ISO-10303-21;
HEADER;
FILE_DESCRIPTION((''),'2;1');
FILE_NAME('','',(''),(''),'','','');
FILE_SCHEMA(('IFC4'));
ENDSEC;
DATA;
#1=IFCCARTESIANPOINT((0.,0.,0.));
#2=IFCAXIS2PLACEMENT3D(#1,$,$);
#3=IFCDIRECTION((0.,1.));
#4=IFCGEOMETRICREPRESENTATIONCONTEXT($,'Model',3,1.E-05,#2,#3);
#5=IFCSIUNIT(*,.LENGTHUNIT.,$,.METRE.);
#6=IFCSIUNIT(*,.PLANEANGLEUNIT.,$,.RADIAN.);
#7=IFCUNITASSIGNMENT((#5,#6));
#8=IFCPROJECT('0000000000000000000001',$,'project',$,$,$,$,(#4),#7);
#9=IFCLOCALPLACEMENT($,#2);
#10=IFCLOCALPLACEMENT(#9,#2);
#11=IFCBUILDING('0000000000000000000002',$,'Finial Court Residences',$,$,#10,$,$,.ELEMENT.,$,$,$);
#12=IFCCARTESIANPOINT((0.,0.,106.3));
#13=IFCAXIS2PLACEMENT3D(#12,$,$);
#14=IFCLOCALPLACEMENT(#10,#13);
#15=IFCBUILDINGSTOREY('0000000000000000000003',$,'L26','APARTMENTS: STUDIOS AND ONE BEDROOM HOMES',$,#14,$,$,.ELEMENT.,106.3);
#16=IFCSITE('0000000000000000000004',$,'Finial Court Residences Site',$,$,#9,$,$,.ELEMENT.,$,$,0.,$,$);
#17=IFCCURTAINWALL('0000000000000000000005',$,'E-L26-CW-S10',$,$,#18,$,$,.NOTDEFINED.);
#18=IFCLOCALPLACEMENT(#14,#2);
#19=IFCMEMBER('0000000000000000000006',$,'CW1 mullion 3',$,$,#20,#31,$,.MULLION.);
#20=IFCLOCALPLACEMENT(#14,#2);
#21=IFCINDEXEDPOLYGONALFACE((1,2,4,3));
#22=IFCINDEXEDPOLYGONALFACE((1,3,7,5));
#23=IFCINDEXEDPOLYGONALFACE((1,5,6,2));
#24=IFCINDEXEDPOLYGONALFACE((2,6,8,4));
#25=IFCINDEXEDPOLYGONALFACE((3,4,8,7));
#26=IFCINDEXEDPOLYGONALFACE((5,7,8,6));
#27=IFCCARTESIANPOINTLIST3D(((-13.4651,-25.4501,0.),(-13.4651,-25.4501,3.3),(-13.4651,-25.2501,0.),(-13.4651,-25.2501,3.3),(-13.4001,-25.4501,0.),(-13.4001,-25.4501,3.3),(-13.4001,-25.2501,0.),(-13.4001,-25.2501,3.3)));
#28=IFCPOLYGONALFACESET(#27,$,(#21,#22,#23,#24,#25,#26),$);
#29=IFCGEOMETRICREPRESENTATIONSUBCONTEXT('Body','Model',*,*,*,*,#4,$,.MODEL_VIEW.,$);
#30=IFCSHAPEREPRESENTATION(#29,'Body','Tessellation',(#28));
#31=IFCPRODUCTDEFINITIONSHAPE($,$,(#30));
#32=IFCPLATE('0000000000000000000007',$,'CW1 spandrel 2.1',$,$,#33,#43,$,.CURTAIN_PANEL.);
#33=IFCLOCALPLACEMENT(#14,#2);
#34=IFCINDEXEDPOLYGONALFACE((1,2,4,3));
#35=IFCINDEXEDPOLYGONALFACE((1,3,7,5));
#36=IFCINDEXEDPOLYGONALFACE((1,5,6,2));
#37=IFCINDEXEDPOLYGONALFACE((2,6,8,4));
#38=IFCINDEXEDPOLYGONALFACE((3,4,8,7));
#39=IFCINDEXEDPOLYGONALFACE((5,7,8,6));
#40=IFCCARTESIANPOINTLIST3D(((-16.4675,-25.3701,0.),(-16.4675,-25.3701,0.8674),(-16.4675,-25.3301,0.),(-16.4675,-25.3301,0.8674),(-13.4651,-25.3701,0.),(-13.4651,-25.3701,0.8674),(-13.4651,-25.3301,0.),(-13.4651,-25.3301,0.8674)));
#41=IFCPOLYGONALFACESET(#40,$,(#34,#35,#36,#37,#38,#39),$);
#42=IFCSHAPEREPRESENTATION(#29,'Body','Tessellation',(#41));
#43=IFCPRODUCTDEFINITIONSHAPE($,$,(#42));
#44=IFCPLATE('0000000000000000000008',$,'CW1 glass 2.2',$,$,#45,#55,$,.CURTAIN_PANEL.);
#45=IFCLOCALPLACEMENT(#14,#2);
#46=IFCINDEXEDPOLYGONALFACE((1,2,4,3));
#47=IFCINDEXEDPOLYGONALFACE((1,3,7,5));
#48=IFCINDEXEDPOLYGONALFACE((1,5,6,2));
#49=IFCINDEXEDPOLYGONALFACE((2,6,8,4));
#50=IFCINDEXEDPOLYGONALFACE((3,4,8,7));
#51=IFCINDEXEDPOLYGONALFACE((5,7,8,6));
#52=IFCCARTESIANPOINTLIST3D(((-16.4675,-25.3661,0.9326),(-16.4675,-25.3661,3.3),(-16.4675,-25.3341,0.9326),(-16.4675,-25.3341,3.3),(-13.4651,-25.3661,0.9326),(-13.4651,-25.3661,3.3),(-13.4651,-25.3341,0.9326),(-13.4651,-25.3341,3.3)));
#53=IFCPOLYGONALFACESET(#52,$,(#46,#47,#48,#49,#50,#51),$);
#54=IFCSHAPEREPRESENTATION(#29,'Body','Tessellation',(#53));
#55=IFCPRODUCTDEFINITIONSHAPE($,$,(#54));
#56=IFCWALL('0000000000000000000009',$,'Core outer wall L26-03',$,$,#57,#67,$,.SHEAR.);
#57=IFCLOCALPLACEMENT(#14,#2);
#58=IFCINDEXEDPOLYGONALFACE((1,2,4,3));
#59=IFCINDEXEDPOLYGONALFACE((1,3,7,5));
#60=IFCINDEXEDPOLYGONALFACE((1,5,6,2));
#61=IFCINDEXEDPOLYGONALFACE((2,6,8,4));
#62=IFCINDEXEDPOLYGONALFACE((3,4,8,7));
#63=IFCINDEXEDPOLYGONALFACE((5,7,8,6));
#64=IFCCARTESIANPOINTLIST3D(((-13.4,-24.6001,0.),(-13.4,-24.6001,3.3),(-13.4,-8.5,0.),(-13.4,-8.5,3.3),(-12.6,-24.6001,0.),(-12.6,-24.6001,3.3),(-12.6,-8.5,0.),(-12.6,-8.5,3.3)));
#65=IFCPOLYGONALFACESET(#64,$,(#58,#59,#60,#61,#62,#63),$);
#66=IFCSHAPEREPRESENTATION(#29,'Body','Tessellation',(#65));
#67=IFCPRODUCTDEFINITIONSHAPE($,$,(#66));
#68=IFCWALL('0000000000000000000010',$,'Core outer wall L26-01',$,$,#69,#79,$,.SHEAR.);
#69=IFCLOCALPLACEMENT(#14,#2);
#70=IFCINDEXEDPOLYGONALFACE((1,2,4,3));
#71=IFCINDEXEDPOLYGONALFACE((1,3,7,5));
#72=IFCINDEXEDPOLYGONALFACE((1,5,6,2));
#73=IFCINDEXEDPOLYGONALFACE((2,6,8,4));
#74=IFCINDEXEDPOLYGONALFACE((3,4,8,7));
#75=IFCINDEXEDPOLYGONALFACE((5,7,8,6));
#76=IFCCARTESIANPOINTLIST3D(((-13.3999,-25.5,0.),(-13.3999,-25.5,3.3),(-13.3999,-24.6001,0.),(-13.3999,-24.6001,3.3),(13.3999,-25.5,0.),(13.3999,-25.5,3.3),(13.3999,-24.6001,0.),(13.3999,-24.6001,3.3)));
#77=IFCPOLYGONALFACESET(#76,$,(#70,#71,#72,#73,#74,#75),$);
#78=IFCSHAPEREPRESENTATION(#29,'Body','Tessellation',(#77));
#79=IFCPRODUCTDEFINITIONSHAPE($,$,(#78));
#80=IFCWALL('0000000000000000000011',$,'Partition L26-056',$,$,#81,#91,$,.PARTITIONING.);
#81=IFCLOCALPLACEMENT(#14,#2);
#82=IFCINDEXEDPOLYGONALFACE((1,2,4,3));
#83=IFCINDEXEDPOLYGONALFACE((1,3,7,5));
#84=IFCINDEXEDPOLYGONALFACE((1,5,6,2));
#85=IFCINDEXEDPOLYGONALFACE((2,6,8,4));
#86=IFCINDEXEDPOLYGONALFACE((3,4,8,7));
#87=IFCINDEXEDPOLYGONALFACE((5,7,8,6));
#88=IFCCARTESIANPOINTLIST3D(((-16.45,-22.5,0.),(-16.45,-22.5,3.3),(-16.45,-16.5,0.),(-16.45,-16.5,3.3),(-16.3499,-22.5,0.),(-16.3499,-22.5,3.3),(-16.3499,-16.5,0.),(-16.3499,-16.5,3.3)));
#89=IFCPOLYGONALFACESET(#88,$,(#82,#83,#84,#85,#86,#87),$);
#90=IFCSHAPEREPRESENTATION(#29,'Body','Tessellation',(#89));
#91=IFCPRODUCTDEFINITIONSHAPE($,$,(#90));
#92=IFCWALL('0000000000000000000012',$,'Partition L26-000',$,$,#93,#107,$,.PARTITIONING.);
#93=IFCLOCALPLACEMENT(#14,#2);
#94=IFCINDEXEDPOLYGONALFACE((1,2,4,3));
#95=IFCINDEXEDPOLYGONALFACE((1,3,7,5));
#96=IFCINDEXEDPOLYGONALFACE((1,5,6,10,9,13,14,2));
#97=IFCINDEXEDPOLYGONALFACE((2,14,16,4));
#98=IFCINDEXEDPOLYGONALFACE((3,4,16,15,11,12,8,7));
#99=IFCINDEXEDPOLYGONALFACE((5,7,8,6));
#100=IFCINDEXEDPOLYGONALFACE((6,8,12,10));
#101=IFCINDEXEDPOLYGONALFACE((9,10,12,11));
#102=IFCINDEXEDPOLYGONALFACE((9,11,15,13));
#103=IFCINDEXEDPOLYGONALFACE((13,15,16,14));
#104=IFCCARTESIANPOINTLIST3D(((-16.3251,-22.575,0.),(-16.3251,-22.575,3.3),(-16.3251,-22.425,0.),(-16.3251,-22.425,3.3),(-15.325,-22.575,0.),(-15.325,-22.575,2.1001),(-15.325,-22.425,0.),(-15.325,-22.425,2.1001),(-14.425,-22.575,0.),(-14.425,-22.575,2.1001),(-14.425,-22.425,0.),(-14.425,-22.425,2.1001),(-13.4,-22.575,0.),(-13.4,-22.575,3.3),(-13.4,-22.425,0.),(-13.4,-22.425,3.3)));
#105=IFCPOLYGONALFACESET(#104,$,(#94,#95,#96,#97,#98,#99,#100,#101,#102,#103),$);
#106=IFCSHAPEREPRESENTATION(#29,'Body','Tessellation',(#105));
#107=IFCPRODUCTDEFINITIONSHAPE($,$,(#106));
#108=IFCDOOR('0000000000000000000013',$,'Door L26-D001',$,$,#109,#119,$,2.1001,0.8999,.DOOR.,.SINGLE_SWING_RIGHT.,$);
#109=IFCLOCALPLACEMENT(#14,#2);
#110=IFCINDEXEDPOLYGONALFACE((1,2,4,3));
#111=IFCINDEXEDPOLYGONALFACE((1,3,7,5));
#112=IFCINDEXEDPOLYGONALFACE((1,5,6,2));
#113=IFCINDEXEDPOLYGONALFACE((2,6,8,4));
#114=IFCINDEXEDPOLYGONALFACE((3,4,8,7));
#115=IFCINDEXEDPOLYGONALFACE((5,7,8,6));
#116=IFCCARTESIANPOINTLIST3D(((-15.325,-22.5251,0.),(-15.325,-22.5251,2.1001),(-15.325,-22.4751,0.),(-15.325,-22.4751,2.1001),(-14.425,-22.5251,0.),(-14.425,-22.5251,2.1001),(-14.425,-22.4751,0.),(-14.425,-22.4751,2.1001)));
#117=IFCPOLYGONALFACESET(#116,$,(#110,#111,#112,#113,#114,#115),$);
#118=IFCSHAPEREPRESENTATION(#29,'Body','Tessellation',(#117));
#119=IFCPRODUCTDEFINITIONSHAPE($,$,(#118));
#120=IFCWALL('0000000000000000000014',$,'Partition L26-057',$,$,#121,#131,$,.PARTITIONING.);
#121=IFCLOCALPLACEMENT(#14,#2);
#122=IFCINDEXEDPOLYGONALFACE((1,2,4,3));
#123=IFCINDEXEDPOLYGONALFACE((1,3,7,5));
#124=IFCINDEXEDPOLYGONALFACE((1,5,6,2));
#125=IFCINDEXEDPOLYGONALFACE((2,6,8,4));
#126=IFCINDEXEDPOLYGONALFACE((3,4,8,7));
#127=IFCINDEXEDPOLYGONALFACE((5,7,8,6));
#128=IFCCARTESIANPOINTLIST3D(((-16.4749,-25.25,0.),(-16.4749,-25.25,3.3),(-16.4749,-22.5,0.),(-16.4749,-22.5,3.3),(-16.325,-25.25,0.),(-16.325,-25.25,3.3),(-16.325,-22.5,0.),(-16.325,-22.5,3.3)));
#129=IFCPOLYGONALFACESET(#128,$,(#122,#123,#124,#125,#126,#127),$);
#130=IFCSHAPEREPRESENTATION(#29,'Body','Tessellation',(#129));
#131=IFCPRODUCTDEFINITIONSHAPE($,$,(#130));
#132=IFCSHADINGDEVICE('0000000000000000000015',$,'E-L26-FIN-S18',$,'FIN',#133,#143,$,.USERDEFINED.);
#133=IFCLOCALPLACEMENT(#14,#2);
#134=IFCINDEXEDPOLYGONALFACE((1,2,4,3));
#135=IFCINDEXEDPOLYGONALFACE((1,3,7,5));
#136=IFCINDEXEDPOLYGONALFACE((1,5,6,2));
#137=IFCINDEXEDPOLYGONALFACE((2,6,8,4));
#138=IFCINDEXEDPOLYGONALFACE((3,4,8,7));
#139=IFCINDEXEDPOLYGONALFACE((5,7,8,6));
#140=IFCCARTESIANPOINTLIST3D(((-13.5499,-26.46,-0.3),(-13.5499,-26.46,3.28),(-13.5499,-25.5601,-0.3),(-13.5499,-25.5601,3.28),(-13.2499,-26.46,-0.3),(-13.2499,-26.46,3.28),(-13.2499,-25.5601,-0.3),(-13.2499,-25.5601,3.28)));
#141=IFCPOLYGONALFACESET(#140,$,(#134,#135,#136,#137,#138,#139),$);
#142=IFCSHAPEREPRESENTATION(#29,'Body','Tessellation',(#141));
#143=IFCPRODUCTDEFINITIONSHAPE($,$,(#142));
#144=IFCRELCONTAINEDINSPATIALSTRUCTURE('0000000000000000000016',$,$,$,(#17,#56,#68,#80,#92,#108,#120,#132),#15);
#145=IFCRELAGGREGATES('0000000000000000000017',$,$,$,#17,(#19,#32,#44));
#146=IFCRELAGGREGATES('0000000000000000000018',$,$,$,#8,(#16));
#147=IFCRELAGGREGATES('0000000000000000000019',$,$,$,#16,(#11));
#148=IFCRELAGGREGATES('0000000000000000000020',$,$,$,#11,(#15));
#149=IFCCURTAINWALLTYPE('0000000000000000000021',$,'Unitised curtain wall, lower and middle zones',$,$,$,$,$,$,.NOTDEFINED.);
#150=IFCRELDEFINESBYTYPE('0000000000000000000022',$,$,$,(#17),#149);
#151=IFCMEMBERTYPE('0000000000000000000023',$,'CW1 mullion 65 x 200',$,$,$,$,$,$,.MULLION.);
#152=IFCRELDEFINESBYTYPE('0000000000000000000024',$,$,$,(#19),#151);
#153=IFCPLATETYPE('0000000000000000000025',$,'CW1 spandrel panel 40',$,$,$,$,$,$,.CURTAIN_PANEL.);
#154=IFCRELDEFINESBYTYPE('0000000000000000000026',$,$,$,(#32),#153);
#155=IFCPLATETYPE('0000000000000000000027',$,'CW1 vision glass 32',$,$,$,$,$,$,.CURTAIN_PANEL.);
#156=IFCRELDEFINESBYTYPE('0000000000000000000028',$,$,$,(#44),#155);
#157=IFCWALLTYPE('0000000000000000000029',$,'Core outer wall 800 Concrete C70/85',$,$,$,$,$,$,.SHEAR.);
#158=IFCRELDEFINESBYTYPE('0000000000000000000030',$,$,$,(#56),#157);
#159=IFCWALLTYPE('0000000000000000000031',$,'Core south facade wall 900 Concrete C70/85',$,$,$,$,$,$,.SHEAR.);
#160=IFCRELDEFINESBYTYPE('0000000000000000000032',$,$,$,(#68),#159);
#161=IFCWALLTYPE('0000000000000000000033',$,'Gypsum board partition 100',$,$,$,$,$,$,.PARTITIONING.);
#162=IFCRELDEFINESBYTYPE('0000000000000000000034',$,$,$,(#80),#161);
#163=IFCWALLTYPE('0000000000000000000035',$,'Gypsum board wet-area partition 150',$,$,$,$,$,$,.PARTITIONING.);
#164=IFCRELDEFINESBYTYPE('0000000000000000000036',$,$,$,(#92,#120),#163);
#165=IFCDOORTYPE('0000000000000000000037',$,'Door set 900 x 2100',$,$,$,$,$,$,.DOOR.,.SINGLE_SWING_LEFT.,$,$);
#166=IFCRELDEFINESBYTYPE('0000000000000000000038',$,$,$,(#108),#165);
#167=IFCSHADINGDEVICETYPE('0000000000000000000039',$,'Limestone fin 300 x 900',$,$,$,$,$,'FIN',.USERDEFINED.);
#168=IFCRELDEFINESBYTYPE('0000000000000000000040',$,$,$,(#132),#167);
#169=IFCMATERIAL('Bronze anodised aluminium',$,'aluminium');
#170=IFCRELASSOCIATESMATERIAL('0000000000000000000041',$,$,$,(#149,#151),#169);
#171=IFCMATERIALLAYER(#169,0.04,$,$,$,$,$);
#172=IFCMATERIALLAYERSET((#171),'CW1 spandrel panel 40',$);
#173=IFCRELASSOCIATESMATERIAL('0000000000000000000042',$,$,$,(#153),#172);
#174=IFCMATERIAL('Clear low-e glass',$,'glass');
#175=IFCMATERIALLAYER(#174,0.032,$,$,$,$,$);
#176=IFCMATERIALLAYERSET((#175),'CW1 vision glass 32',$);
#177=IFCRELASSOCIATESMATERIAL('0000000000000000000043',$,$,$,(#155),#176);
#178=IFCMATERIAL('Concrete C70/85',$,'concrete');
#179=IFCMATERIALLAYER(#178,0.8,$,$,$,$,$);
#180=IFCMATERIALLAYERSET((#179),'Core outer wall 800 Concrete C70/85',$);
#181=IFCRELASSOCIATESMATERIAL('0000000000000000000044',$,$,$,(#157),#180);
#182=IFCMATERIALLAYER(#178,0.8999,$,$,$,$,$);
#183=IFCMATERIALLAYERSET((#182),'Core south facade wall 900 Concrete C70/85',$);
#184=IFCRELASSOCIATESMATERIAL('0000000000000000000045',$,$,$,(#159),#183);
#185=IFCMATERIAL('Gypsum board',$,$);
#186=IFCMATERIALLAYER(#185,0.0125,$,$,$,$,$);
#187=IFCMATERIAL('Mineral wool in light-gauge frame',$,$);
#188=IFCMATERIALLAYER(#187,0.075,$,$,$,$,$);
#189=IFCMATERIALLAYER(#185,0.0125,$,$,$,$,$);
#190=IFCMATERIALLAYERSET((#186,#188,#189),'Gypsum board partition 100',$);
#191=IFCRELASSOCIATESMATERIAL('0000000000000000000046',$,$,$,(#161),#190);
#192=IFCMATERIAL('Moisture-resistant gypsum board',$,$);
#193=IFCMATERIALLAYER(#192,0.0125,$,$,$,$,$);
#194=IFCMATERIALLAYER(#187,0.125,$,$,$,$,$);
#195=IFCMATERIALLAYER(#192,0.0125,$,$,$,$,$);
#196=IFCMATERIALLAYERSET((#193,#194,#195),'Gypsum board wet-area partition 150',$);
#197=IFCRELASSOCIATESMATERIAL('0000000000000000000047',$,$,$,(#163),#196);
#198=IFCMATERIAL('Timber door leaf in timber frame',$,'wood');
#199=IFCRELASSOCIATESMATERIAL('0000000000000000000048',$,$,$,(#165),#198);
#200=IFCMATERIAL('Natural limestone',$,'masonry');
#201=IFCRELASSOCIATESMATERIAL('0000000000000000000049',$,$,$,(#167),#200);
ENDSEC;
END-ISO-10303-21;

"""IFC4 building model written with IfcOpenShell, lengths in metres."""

from ifc_helpers import new_model, si_unit, direction, frame, frame_2d, origin, origin_2d, place, context, subcontext, project, spatial, rectangle, extrude, material, layer, layer_set, material_profile, profile_set, type_object, element, fill, aggregate, save


model = new_model("IFC4")

# Units and contexts
model_context = context("Model", 3, precision=1e-05, world=origin(), true_north=direction((0.0, 1.0)))
body_context = subcontext(model_context, "Body", "Model", "MODEL_VIEW")
ifc_project = project(units=[si_unit("LENGTHUNIT", "METRE"), si_unit("PLANEANGLEUNIT", "RADIAN")], contexts=[model_context])

# Site, building, storey
site_placement = place(None, origin())
site = spatial("IfcSite", under=ifc_project, at=site_placement, Name="Finial Court Residences Site", CompositionType="ELEMENT", RefElevation=0.0)
building_placement = place(site_placement, origin())
building = spatial("IfcBuilding", under=site, at=building_placement, Name="Finial Court Residences", CompositionType="ELEMENT")
storey_placement = place(building_placement, frame((0.0, 0.0, 106.3)))
storey = spatial("IfcBuildingStorey", under=building, at=storey_placement, Name="L26", Description="APARTMENTS: STUDIOS AND ONE BEDROOM HOMES", CompositionType="ELEMENT", Elevation=106.3)

# Curtain wall, member, plates
ifc_material_1 = material(Name="Bronze anodised aluminium", Category="aluminium")
curtain_wall_type = type_object("IfcCurtainWallType", Name="Unitised curtain wall, lower and middle zones", PredefinedType="NOTDEFINED", material=ifc_material_1)
curtain_wall_placement = place(storey_placement, origin())
curtain_wall = element("IfcCurtainWall", 1, at=curtain_wall_placement, inside=storey, type_object=curtain_wall_type, Name="E-L26-CW-S10", PredefinedType="NOTDEFINED")
ifc_material_profile = material_profile(ifc_material_1, rectangle(XDim=0.2, YDim=0.0649, at=origin_2d()), Name="CW1 mullion 65 x 200")
ifc_profile_set = profile_set([ifc_material_profile], Name="Bronze anodised aluminium")
member_type = type_object("IfcMemberType", Name="CW1 mullion 65 x 200", PredefinedType="MULLION", material=ifc_profile_set)
member_placement = place(storey_placement, frame((-13.4326, -25.3501, 0.0), z_axis=(0.0, 0.0, 1.0), x_axis=(0.0, 1.0, 0.0)))
member = element("IfcMember", 2, at=member_placement, type_object=member_type, Name="CW1 mullion 3", PredefinedType="MULLION", context=body_context, shape_type="SweptSolid", body=[
    extrude(rectangle(XDim=0.2, YDim=0.0649, at=origin_2d()), origin(), (0.0, 0.0, 1.0), 3.3),
])
ifc_layer_1 = layer(ifc_material_1, 0.04)
ifc_layer_set_1 = layer_set([ifc_layer_1], Name="CW1 spandrel panel 40")
plate_type_1 = type_object("IfcPlateType", Name="CW1 spandrel panel 40", PredefinedType="CURTAIN_PANEL", material=ifc_layer_set_1)
plate_1_placement = place(storey_placement, frame((-14.9663, -25.3501, 0.0), z_axis=(0.0, 0.0, 1.0), x_axis=(1.0, 0.0, 0.0)))
plate_1 = element("IfcPlate", 3, at=plate_1_placement, type_object=plate_type_1, Name="CW1 spandrel 2.1", PredefinedType="CURTAIN_PANEL", context=body_context, shape_type="SweptSolid", body=[
    extrude(rectangle(XDim=3.0024, YDim=0.04, at=origin_2d()), origin(), (0.0, 0.0, 1.0), 0.8674),
])
ifc_material_2 = material(Name="Clear low-e glass", Category="glass")
ifc_layer_2 = layer(ifc_material_2, 0.032)
ifc_layer_set_2 = layer_set([ifc_layer_2], Name="CW1 vision glass 32")
plate_type_2 = type_object("IfcPlateType", Name="CW1 vision glass 32", PredefinedType="CURTAIN_PANEL", material=ifc_layer_set_2)
plate_2_placement = place(storey_placement, frame((-14.9663, -25.3501, 0.9326), z_axis=(0.0, 0.0, 1.0), x_axis=(1.0, 0.0, 0.0)))
plate_2 = element("IfcPlate", 4, at=plate_2_placement, type_object=plate_type_2, Name="CW1 glass 2.2", PredefinedType="CURTAIN_PANEL", context=body_context, shape_type="SweptSolid", body=[
    extrude(rectangle(XDim=3.0024, YDim=0.032, at=origin_2d()), origin(), (0.0, 0.0, 1.0), 2.3674),
])
aggregate(curtain_wall, [member, plate_1, plate_2])

# Walls
ifc_material_3 = material(Name="Concrete C70/85", Category="concrete")
ifc_layer_3 = layer(ifc_material_3, 0.8)
ifc_layer_set_3 = layer_set([ifc_layer_3], Name="Core outer wall 800 Concrete C70/85")
wall_type_1 = type_object("IfcWallType", Name="Core outer wall 800 Concrete C70/85", PredefinedType="SHEAR", material=ifc_layer_set_3)
wall_1_placement = place(storey_placement, frame((-13.0, -24.6001, 0.0), z_axis=(0.0, 0.0, 1.0), x_axis=(0.0, 1.0, 0.0)))
element("IfcWall", 5, at=wall_1_placement, inside=storey, type_object=wall_type_1, Name="Core outer wall L26-03", PredefinedType="SHEAR", context=body_context, shape_type="SweptSolid", body=[
    extrude(rectangle(XDim=16.1001, YDim=0.8, at=frame_2d((8.05, 0.0))), origin(), (0.0, 0.0, 1.0), 3.3),
])
ifc_layer_4 = layer(ifc_material_3, 0.8999)
ifc_layer_set_4 = layer_set([ifc_layer_4], Name="Core south facade wall 900 Concrete C70/85")
wall_type_2 = type_object("IfcWallType", Name="Core south facade wall 900 Concrete C70/85", PredefinedType="SHEAR", material=ifc_layer_set_4)
wall_2_placement = place(storey_placement, frame((-13.3999, -25.05, 0.0), z_axis=(0.0, 0.0, 1.0), x_axis=(1.0, 0.0, 0.0)))
element("IfcWall", 6, at=wall_2_placement, inside=storey, type_object=wall_type_2, Name="Core outer wall L26-01", PredefinedType="SHEAR", context=body_context, shape_type="SweptSolid", body=[
    extrude(rectangle(XDim=26.7998, YDim=0.8999, at=frame_2d((13.3999, 0.0))), origin(), (0.0, 0.0, 1.0), 3.3),
])
ifc_material_4 = material(Name="Gypsum board")
ifc_layer_5 = layer(ifc_material_4, 0.0125)
ifc_material_5 = material(Name="Mineral wool in light-gauge frame")
ifc_layer_6 = layer(ifc_material_5, 0.075)
ifc_layer_7 = layer(ifc_material_4, 0.0125)
ifc_layer_set_5 = layer_set([ifc_layer_5, ifc_layer_6, ifc_layer_7], Name="Gypsum board partition 100")
wall_type_3 = type_object("IfcWallType", Name="Gypsum board partition 100", PredefinedType="PARTITIONING", material=ifc_layer_set_5)
wall_3_placement = place(storey_placement, frame((-16.3999, -22.5, 0.0), z_axis=(0.0, 0.0, 1.0), x_axis=(0.0, 1.0, 0.0)))
element("IfcWall", 7, at=wall_3_placement, inside=storey, type_object=wall_type_3, Name="Partition L26-056", PredefinedType="PARTITIONING", context=body_context, shape_type="SweptSolid", body=[
    extrude(rectangle(XDim=6.0, YDim=0.1001, at=frame_2d((3.0, 0.0))), origin(), (0.0, 0.0, 1.0), 3.3),
])

# Wall, opening, door
ifc_material_6 = material(Name="Moisture-resistant gypsum board")
ifc_layer_8 = layer(ifc_material_6, 0.0125)
ifc_layer_9 = layer(ifc_material_5, 0.125)
ifc_layer_10 = layer(ifc_material_6, 0.0125)
ifc_layer_set_6 = layer_set([ifc_layer_8, ifc_layer_9, ifc_layer_10], Name="Gypsum board wet-area partition 150")
wall_type_4 = type_object("IfcWallType", Name="Gypsum board wet-area partition 150", PredefinedType="PARTITIONING", material=ifc_layer_set_6)
wall_4_placement = place(storey_placement, frame((-16.325, -22.5, 0.0), z_axis=(0.0, 0.0, 1.0), x_axis=(1.0, 0.0, 0.0)))
wall_4 = element("IfcWall", 8, at=wall_4_placement, inside=storey, type_object=wall_type_4, Name="Partition L26-000", PredefinedType="PARTITIONING", context=body_context, shape_type="SweptSolid", body=[
    extrude(rectangle(XDim=2.925, YDim=0.1499, at=frame_2d((1.4624, 0.0))), origin(), (0.0, 0.0, 1.0), 3.3),
])
opening_placement = place(wall_4_placement, frame((1.0, 0.0, 0.0)))
opening = element("IfcOpeningElement", 9, at=opening_placement, cuts=wall_4, PredefinedType="OPENING", context=body_context, shape_type="SweptSolid", body=[
    extrude(rectangle(XDim=0.8999, YDim=2.1001, at=frame_2d((0.45, 1.05))), frame((0.0, 0.085, 0.0), z_axis=(0.0, -1.0, 0.0), x_axis=(1.0, 0.0, 0.0)), (0.0, 0.0, 1.0), 0.1699),
])
ifc_material_7 = material(Name="Timber door leaf in timber frame", Category="wood")
door_type = type_object("IfcDoorType", Name="Door set 900 x 2100", OperationType="SINGLE_SWING_LEFT", PredefinedType="DOOR", material=ifc_material_7)
door_placement = place(opening_placement, origin())
door = element("IfcDoor", 10, at=door_placement, inside=storey, type_object=door_type, Name="Door L26-D001", OperationType="SINGLE_SWING_RIGHT", OverallHeight=2.1001, OverallWidth=0.8999, PredefinedType="DOOR", context=body_context, shape_type="SweptSolid", body=[
    extrude(rectangle(XDim=0.8999, YDim=2.1001, at=frame_2d((0.45, 1.05))), frame((0.0, 0.0249, 0.0), z_axis=(0.0, -1.0, 0.0), x_axis=(1.0, 0.0, 0.0)), (0.0, 0.0, 1.0), 0.05),
])
fill(opening, door)

# Wall
wall_5_placement = place(storey_placement, frame((-16.3999, -25.25, 0.0), z_axis=(0.0, 0.0, 1.0), x_axis=(0.0, 1.0, 0.0)))
element("IfcWall", 11, at=wall_5_placement, inside=storey, type_object=wall_type_4, Name="Partition L26-057", PredefinedType="PARTITIONING", context=body_context, shape_type="SweptSolid", body=[
    extrude(rectangle(XDim=2.75, YDim=0.1499, at=frame_2d((1.375, 0.0))), origin(), (0.0, 0.0, 1.0), 3.3),
])

# Shading device
ifc_material_8 = material(Name="Natural limestone", Category="masonry")
shading_device_type = type_object("IfcShadingDeviceType", Name="Limestone fin 300 x 900", ElementType="FIN", PredefinedType="USERDEFINED", material=ifc_material_8)
shading_device_placement = place(storey_placement, frame((-13.3999, -26.01, -0.3), z_axis=(0.0, 0.0, 1.0), x_axis=(1.0, 0.0, 0.0)))
element("IfcShadingDevice", 12, at=shading_device_placement, inside=storey, type_object=shading_device_type, Name="E-L26-FIN-S18", ObjectType="FIN", PredefinedType="USERDEFINED", context=body_context, shape_type="SweptSolid", body=[
    extrude(rectangle(XDim=0.3, YDim=0.8999, at=origin_2d()), origin(), (0.0, 0.0, 1.0), 3.5801),
])

save(model, "model.ifc")
